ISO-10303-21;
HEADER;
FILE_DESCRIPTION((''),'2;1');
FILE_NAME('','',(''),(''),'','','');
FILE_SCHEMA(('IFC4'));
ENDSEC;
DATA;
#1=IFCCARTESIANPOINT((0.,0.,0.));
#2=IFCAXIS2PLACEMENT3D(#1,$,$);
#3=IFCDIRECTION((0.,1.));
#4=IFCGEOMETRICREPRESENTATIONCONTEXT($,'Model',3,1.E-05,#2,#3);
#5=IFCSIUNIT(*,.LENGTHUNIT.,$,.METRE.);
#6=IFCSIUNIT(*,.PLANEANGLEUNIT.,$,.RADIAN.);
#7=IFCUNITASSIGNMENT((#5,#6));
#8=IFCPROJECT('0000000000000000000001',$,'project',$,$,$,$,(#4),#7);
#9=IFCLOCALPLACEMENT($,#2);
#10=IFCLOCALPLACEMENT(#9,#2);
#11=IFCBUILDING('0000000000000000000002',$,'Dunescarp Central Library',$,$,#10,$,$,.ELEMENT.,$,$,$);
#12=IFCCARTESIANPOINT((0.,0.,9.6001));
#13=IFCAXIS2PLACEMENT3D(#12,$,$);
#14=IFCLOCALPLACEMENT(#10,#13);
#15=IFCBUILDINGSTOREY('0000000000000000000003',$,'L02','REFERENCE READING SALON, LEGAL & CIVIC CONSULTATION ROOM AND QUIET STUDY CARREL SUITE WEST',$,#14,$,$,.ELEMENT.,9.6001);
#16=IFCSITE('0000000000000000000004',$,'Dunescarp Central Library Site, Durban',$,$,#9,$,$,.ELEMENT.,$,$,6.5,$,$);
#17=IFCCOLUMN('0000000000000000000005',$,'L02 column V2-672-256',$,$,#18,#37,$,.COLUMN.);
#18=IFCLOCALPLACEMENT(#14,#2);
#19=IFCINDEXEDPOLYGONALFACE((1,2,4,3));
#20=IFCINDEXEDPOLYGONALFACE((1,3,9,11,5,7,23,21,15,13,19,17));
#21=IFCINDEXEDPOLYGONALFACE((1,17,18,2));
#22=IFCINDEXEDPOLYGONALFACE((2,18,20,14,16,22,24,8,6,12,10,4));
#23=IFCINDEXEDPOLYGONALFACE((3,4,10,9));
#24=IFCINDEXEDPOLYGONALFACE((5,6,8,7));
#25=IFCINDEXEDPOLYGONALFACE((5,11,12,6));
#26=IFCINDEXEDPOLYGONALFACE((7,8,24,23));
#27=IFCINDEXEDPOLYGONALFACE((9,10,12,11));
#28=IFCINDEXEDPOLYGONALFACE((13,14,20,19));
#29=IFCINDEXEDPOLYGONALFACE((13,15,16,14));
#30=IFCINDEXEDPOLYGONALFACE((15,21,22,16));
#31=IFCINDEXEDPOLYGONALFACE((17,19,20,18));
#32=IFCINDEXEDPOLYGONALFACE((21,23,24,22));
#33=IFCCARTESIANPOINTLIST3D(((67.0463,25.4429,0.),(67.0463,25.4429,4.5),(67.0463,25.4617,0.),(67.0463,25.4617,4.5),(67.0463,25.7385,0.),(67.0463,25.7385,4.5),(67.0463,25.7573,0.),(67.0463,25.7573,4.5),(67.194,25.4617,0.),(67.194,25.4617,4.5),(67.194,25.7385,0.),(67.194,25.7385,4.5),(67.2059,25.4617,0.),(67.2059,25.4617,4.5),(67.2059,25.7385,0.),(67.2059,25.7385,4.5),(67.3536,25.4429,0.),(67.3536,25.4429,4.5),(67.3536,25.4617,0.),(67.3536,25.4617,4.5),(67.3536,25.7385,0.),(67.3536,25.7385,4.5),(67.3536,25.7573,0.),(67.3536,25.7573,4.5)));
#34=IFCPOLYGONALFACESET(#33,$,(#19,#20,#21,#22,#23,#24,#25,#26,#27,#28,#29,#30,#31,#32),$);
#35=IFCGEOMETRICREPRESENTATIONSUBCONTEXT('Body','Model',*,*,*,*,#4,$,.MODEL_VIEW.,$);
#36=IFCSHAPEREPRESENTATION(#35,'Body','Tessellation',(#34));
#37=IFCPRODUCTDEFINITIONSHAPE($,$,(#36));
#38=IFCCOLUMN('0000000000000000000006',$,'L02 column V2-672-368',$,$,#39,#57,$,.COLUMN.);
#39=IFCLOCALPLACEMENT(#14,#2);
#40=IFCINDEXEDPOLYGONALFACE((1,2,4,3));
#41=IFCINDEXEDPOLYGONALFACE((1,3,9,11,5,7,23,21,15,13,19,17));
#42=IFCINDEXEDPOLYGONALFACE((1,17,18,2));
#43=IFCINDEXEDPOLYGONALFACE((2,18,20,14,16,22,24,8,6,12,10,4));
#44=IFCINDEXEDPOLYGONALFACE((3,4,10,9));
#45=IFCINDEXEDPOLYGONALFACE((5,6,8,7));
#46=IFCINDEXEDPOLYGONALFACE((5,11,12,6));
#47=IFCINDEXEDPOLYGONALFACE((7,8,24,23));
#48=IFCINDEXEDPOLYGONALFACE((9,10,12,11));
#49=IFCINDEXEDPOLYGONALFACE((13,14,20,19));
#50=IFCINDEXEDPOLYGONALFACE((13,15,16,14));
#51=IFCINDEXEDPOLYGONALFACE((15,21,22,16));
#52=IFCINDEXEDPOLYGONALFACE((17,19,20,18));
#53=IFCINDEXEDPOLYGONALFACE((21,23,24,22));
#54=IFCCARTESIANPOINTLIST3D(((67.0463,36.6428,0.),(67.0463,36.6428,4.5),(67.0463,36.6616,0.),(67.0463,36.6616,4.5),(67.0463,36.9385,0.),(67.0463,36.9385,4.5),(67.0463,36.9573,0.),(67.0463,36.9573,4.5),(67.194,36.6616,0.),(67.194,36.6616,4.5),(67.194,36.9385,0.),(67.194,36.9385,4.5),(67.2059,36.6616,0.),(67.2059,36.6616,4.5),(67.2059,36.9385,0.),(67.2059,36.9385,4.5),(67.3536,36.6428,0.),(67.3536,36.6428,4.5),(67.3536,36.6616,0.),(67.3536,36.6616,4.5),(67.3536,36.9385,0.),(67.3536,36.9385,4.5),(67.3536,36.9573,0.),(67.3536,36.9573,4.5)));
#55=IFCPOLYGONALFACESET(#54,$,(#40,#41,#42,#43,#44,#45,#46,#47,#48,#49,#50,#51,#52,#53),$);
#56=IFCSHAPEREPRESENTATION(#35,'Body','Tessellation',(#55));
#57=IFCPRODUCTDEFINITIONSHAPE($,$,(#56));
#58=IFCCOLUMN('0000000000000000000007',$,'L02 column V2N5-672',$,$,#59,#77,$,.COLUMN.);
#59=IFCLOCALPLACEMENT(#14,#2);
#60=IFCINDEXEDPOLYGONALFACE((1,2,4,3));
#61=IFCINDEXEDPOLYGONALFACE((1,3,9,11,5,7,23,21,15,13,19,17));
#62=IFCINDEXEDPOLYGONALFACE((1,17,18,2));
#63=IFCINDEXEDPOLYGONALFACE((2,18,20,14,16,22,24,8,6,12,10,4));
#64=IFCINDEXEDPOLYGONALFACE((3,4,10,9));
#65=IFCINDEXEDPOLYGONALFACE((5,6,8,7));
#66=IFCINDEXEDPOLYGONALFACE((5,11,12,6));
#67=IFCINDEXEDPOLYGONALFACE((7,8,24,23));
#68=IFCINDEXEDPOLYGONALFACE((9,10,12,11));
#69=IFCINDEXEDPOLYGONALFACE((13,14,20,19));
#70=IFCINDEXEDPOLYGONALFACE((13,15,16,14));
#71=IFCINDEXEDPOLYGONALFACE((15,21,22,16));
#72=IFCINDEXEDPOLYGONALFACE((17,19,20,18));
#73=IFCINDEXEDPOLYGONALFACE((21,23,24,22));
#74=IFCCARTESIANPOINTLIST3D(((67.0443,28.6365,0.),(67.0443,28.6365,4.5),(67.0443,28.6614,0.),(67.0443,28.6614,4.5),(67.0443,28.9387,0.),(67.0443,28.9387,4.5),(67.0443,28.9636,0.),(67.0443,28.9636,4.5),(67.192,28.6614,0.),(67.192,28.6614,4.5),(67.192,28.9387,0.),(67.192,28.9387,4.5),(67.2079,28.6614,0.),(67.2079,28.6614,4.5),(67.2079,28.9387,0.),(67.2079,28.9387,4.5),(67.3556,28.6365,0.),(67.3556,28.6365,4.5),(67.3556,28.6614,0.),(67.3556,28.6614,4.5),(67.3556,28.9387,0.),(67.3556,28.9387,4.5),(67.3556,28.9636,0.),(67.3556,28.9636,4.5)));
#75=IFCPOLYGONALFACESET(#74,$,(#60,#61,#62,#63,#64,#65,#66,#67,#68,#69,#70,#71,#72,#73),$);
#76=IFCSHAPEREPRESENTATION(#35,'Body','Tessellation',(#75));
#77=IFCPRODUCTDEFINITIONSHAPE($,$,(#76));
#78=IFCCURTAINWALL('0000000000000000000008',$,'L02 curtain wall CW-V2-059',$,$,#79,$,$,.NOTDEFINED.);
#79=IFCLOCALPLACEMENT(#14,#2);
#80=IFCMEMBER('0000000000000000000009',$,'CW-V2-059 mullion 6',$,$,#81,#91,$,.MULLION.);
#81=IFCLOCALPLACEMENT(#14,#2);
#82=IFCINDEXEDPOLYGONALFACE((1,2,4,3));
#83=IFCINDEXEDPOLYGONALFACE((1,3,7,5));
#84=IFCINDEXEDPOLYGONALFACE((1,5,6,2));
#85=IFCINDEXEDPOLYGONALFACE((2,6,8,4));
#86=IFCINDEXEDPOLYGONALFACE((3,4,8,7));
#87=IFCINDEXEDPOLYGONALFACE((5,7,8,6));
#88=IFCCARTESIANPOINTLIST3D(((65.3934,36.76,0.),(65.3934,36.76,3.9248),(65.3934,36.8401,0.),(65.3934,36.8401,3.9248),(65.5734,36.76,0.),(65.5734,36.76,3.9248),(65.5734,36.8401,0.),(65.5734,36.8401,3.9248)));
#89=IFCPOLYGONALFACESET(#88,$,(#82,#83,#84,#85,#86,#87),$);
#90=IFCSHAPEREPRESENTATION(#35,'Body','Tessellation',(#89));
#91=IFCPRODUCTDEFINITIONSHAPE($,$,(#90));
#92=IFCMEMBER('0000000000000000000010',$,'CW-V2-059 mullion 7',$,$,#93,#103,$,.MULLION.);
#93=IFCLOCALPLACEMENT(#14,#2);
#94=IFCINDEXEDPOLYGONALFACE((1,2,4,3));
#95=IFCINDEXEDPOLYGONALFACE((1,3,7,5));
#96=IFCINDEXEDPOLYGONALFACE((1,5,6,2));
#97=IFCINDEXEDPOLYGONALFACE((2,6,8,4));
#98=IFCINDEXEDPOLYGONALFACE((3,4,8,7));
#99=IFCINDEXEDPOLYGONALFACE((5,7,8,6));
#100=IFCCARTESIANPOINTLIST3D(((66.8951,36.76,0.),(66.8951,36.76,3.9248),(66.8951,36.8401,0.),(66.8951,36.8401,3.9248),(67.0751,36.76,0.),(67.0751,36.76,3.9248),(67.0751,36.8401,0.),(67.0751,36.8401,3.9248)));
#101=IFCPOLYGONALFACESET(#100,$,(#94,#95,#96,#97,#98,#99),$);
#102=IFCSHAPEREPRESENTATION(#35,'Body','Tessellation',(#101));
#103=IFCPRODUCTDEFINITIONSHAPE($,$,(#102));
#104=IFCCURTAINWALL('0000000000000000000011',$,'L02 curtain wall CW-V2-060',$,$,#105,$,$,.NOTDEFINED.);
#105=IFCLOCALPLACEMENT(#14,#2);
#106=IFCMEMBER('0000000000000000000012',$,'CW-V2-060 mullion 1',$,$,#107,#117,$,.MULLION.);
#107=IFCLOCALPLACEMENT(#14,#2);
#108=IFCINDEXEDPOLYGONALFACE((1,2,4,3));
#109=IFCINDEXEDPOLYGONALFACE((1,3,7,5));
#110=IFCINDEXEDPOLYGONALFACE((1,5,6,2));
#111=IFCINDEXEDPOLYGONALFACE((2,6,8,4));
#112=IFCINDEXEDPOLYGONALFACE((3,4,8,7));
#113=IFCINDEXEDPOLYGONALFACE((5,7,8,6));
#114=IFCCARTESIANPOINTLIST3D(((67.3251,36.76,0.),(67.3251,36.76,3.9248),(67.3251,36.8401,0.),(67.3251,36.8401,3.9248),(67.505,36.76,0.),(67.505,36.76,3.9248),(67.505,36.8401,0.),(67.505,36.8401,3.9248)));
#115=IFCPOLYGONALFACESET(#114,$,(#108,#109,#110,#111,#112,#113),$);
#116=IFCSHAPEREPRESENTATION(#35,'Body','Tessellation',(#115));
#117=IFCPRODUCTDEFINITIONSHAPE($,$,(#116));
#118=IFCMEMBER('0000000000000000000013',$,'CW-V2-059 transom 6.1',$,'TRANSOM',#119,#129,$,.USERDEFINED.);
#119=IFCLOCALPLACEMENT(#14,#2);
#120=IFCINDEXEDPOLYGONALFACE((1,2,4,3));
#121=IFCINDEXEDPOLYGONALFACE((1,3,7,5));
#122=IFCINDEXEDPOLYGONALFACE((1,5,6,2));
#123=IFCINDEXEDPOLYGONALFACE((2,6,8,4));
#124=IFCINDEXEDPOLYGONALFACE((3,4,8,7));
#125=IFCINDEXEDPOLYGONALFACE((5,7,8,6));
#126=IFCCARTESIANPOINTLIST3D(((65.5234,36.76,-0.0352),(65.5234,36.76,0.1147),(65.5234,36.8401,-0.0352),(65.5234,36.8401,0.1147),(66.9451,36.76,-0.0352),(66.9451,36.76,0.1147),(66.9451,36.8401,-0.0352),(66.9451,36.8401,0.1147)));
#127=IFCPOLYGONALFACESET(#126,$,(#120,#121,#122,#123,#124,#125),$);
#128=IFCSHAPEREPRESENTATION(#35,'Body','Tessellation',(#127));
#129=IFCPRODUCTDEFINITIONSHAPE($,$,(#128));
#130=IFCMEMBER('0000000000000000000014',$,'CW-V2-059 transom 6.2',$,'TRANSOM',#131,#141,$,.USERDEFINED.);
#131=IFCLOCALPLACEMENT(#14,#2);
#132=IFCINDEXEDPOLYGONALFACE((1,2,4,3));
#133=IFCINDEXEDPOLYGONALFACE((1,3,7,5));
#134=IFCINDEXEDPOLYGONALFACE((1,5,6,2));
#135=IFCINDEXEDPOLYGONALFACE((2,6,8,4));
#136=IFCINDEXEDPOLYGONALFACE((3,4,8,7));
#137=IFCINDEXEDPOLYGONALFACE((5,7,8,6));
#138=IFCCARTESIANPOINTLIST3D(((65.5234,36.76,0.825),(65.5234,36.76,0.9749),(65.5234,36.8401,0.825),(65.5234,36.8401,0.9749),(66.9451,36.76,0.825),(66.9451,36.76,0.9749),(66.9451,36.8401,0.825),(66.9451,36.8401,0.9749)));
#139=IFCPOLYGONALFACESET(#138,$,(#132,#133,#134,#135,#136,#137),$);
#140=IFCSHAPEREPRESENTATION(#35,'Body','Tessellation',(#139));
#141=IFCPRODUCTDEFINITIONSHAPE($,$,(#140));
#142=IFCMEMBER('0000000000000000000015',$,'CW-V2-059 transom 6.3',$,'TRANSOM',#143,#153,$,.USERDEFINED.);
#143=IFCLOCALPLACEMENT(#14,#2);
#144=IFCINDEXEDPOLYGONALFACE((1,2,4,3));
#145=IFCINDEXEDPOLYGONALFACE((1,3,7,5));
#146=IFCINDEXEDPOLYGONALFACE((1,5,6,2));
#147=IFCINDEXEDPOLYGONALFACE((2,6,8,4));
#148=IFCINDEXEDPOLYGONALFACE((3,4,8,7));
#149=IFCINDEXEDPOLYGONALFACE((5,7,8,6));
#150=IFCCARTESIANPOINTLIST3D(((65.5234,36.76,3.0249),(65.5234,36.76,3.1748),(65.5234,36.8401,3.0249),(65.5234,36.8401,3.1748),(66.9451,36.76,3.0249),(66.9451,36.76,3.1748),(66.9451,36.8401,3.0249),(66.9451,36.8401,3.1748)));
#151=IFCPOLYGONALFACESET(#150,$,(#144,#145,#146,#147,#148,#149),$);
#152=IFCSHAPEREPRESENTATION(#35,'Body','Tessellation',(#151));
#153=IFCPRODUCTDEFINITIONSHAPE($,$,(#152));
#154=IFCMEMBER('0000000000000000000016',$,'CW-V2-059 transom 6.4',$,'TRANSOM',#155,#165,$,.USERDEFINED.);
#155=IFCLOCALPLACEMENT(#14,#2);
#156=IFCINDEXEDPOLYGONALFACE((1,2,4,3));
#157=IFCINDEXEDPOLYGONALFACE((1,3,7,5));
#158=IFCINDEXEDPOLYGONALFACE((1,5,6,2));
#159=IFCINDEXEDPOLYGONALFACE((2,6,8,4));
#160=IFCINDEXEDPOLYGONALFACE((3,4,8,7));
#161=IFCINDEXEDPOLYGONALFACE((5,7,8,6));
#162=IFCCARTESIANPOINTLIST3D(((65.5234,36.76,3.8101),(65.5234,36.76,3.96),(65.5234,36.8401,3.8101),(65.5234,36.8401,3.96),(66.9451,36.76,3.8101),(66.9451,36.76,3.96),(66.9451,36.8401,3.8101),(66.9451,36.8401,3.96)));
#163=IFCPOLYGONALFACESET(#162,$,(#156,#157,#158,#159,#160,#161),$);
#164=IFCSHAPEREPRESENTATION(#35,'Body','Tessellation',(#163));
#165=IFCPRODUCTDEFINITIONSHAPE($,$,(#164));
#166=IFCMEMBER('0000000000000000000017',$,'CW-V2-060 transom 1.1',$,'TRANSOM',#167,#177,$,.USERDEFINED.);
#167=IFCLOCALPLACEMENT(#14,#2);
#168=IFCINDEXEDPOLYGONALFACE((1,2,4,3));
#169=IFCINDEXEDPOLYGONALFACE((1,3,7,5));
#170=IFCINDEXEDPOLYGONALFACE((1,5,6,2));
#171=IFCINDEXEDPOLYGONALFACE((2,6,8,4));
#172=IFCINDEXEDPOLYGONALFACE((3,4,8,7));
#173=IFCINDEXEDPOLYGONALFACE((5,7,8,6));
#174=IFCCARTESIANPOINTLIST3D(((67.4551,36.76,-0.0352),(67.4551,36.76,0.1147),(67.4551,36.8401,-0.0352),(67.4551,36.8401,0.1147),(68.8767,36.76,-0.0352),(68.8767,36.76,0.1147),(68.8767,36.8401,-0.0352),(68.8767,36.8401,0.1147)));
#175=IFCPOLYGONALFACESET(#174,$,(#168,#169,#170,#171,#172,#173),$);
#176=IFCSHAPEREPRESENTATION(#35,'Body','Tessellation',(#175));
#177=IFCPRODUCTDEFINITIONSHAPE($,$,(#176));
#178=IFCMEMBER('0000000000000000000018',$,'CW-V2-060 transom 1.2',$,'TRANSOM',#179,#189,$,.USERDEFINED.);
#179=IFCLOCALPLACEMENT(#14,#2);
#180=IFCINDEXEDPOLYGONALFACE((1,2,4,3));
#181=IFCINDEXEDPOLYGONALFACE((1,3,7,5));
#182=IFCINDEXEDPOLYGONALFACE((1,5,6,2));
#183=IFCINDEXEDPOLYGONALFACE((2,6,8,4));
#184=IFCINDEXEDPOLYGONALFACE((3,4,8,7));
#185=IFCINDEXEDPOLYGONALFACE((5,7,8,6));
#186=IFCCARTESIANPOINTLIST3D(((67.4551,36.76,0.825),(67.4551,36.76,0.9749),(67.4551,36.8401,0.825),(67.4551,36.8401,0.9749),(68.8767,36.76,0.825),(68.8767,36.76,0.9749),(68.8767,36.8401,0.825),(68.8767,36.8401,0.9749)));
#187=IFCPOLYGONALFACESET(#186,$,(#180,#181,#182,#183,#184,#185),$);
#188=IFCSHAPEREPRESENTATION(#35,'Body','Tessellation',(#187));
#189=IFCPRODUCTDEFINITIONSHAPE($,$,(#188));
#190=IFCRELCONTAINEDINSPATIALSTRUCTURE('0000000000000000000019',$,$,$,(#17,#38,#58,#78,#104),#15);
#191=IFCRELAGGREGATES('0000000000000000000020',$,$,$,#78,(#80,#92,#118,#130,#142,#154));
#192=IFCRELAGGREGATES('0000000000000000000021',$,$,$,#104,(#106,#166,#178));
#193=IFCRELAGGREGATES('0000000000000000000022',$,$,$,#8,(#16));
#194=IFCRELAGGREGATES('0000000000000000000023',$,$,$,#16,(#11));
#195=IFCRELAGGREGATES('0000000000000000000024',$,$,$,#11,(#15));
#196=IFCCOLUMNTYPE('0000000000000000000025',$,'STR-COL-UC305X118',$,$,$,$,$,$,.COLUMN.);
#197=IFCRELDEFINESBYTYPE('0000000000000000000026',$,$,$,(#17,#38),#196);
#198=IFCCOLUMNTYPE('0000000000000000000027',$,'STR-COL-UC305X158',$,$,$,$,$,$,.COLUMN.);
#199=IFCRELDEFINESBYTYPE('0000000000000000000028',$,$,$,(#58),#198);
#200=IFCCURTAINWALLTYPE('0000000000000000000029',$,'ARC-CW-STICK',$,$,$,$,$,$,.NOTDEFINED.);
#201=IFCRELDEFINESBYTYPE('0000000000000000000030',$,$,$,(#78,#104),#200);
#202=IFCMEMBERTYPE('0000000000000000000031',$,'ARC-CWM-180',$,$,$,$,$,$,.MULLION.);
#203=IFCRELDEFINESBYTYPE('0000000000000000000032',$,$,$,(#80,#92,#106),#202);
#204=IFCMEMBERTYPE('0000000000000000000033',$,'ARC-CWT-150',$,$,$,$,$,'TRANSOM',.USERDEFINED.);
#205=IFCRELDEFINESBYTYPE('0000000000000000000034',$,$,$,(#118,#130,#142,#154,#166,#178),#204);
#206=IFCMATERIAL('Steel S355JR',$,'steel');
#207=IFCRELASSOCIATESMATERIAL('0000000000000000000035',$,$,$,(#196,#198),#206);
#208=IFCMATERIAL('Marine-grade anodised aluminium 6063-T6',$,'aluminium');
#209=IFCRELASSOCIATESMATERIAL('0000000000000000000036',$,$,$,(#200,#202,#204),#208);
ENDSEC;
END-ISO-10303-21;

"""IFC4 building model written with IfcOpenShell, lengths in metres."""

from ifc_helpers import new_model, si_unit, direction, frame, origin, origin_2d, place, context, subcontext, project, spatial, rectangle, i_section, extrude, material, material_profile, profile_set, type_object, element, aggregate, save


model = new_model("IFC4")

# Units and contexts
model_context = context("Model", 3, precision=1e-05, world=origin(), true_north=direction((0.0, 1.0)))
body_context = subcontext(model_context, "Body", "Model", "MODEL_VIEW")
ifc_project = project(units=[si_unit("LENGTHUNIT", "METRE"), si_unit("PLANEANGLEUNIT", "RADIAN")], contexts=[model_context])

# Site, building, storey
site_placement = place(None, origin())
site = spatial("IfcSite", under=ifc_project, at=site_placement, Name="Dunescarp Central Library Site, Durban", CompositionType="ELEMENT", RefElevation=6.5)
building_placement = place(site_placement, origin())
building = spatial("IfcBuilding", under=site, at=building_placement, Name="Dunescarp Central Library", CompositionType="ELEMENT")
storey_placement = place(building_placement, frame((0.0, 0.0, 9.6001)))
storey = spatial("IfcBuildingStorey", under=building, at=storey_placement, Name="L02", Description="REFERENCE READING SALON, LEGAL & CIVIC CONSULTATION ROOM AND QUIET STUDY CARREL SUITE WEST", CompositionType="ELEMENT", Elevation=9.6001)

# Columns
ifc_material_1 = material(Name="Steel S355JR", Category="steel")
ifc_material_profile_1 = material_profile(ifc_material_1, i_section(OverallWidth=0.3074, OverallDepth=0.3145, WebThickness=0.012, FlangeThickness=0.0188, at=origin_2d()), Name="UC 305x305x118")
ifc_profile_set_1 = profile_set([ifc_material_profile_1], Name="Steel S355JR")
column_type_1 = type_object("IfcColumnType", Name="STR-COL-UC305X118", PredefinedType="COLUMN", material=ifc_profile_set_1)
for number, where, z_axis, x_axis, name in (
    (1, (67.2, 25.6001, 0.0), (0.0, 0.0, 1.0), (1.0, 0.0, 0.0), "L02 column V2-672-256"),
    (2, (67.2, 36.8, 0.0), (0.0, 0.0, 1.0), (1.0, 0.0, 0.0), "L02 column V2-672-368"),
):
    element("IfcColumn", number, at=place(storey_placement, frame(where, z_axis=z_axis, x_axis=x_axis)), inside=storey, type_object=column_type_1, Name=name, PredefinedType="COLUMN", context=body_context, shape_type="SweptSolid", body=[
        extrude(i_section(OverallWidth=0.3074, OverallDepth=0.3145, WebThickness=0.012, FlangeThickness=0.0188, at=origin_2d()), origin(), (0.0, 0.0, 1.0), 4.5),
    ])
ifc_material_profile_2 = material_profile(ifc_material_1, i_section(OverallWidth=0.3113, OverallDepth=0.3271, WebThickness=0.0159, FlangeThickness=0.0249, at=origin_2d()), Name="UC 305x305x158")
ifc_profile_set_2 = profile_set([ifc_material_profile_2], Name="Steel S355JR")
column_type_2 = type_object("IfcColumnType", Name="STR-COL-UC305X158", PredefinedType="COLUMN", material=ifc_profile_set_2)
column_placement = place(storey_placement, frame((67.2, 28.8, 0.0), z_axis=(0.0, 0.0, 1.0), x_axis=(1.0, 0.0, 0.0)))
element("IfcColumn", 3, at=column_placement, inside=storey, type_object=column_type_2, Name="L02 column V2N5-672", PredefinedType="COLUMN", context=body_context, shape_type="SweptSolid", body=[
    extrude(i_section(OverallWidth=0.3113, OverallDepth=0.3271, WebThickness=0.0159, FlangeThickness=0.0249, at=origin_2d()), origin(), (0.0, 0.0, 1.0), 4.5),
])

# Curtain wall, members
ifc_material_2 = material(Name="Marine-grade anodised aluminium 6063-T6", Category="aluminium")
curtain_wall_type = type_object("IfcCurtainWallType", Name="ARC-CW-STICK", PredefinedType="NOTDEFINED", material=ifc_material_2)
curtain_wall_1_placement = place(storey_placement, origin())
curtain_wall_1 = element("IfcCurtainWall", 4, at=curtain_wall_1_placement, inside=storey, type_object=curtain_wall_type, Name="L02 curtain wall CW-V2-059", PredefinedType="NOTDEFINED")
ifc_material_profile_3 = material_profile(ifc_material_2, rectangle(XDim=0.0801, YDim=0.1799, at=origin_2d()), Name="AL 80x180")
ifc_profile_set_3 = profile_set([ifc_material_profile_3], Name="Marine-grade anodised aluminium 6063-T6")
member_type_1 = type_object("IfcMemberType", Name="ARC-CWM-180", PredefinedType="MULLION", material=ifc_profile_set_3)
member_1_placement = place(storey_placement, frame((65.4834, 36.8, 0.0), z_axis=(0.0, 0.0, 1.0), x_axis=(0.0, 1.0, 0.0)))
member_1 = element("IfcMember", 5, at=member_1_placement, type_object=member_type_1, Name="CW-V2-059 mullion 6", PredefinedType="MULLION", context=body_context, shape_type="SweptSolid", body=[
    extrude(rectangle(XDim=0.0801, YDim=0.1799, at=origin_2d()), origin(), (0.0, 0.0, 1.0), 3.9248),
])
member_2_placement = place(storey_placement, frame((66.9851, 36.8, 0.0), z_axis=(0.0, 0.0, 1.0), x_axis=(0.0, 1.0, 0.0)))
member_2 = element("IfcMember", 6, at=member_2_placement, type_object=member_type_1, Name="CW-V2-059 mullion 7", PredefinedType="MULLION", context=body_context, shape_type="SweptSolid", body=[
    extrude(rectangle(XDim=0.0801, YDim=0.1799, at=origin_2d()), origin(), (0.0, 0.0, 1.0), 3.9248),
])

# Curtain wall, member
curtain_wall_2_placement = place(storey_placement, origin())
curtain_wall_2 = element("IfcCurtainWall", 7, at=curtain_wall_2_placement, inside=storey, type_object=curtain_wall_type, Name="L02 curtain wall CW-V2-060", PredefinedType="NOTDEFINED")
member_3_placement = place(storey_placement, frame((67.415, 36.8, 0.0), z_axis=(0.0, 0.0, 1.0), x_axis=(0.0, 1.0, 0.0)))
member_3 = element("IfcMember", 8, at=member_3_placement, type_object=member_type_1, Name="CW-V2-060 mullion 1", PredefinedType="MULLION", context=body_context, shape_type="SweptSolid", body=[
    extrude(rectangle(XDim=0.0801, YDim=0.1799, at=origin_2d()), origin(), (0.0, 0.0, 1.0), 3.9248),
])

# Members
ifc_material_profile_4 = material_profile(ifc_material_2, rectangle(XDim=0.0801, YDim=0.1499, at=origin_2d()), Name="AL 80x150")
ifc_profile_set_4 = profile_set([ifc_material_profile_4], Name="Marine-grade anodised aluminium 6063-T6")
member_type_2 = type_object("IfcMemberType", Name="ARC-CWT-150", ElementType="TRANSOM", PredefinedType="USERDEFINED", material=ifc_profile_set_4)
member_4_placement = place(storey_placement, frame((65.5234, 36.8, 0.0398), z_axis=(1.0, 0.0, 0.0), x_axis=(0.0, 1.0, 0.0)))
member_4 = element("IfcMember", 9, at=member_4_placement, type_object=member_type_2, Name="CW-V2-059 transom 6.1", ObjectType="TRANSOM", PredefinedType="USERDEFINED", context=body_context, shape_type="SweptSolid", body=[
    extrude(rectangle(XDim=0.0801, YDim=0.1499, at=origin_2d()), origin(), (0.0, 0.0, 1.0), 1.4216),
])
member_5_placement = place(storey_placement, frame((65.5234, 36.8, 0.8999), z_axis=(1.0, 0.0, 0.0), x_axis=(0.0, 1.0, 0.0)))
member_5 = element("IfcMember", 10, at=member_5_placement, type_object=member_type_2, Name="CW-V2-059 transom 6.2", ObjectType="TRANSOM", PredefinedType="USERDEFINED", context=body_context, shape_type="SweptSolid", body=[
    extrude(rectangle(XDim=0.0801, YDim=0.1499, at=origin_2d()), origin(), (0.0, 0.0, 1.0), 1.4216),
])
member_6_placement = place(storey_placement, frame((65.5234, 36.8, 3.0999), z_axis=(1.0, 0.0, 0.0), x_axis=(0.0, 1.0, 0.0)))
member_6 = element("IfcMember", 11, at=member_6_placement, type_object=member_type_2, Name="CW-V2-059 transom 6.3", ObjectType="TRANSOM", PredefinedType="USERDEFINED", context=body_context, shape_type="SweptSolid", body=[
    extrude(rectangle(XDim=0.0801, YDim=0.1499, at=origin_2d()), origin(), (0.0, 0.0, 1.0), 1.4216),
])
member_7_placement = place(storey_placement, frame((65.5234, 36.8, 3.885), z_axis=(1.0, 0.0, 0.0), x_axis=(0.0, 1.0, 0.0)))
member_7 = element("IfcMember", 12, at=member_7_placement, type_object=member_type_2, Name="CW-V2-059 transom 6.4", ObjectType="TRANSOM", PredefinedType="USERDEFINED", context=body_context, shape_type="SweptSolid", body=[
    extrude(rectangle(XDim=0.0801, YDim=0.1499, at=origin_2d()), origin(), (0.0, 0.0, 1.0), 1.4216),
])
member_8_placement = place(storey_placement, frame((67.4551, 36.8, 0.0398), z_axis=(1.0, 0.0, 0.0), x_axis=(0.0, 1.0, 0.0)))
member_8 = element("IfcMember", 13, at=member_8_placement, type_object=member_type_2, Name="CW-V2-060 transom 1.1", ObjectType="TRANSOM", PredefinedType="USERDEFINED", context=body_context, shape_type="SweptSolid", body=[
    extrude(rectangle(XDim=0.0801, YDim=0.1499, at=origin_2d()), origin(), (0.0, 0.0, 1.0), 1.4216),
])
member_9_placement = place(storey_placement, frame((67.4551, 36.8, 0.8999), z_axis=(1.0, 0.0, 0.0), x_axis=(0.0, 1.0, 0.0)))
member_9 = element("IfcMember", 14, at=member_9_placement, type_object=member_type_2, Name="CW-V2-060 transom 1.2", ObjectType="TRANSOM", PredefinedType="USERDEFINED", context=body_context, shape_type="SweptSolid", body=[
    extrude(rectangle(XDim=0.0801, YDim=0.1499, at=origin_2d()), origin(), (0.0, 0.0, 1.0), 1.4216),
])

aggregate(curtain_wall_1, [member_1, member_2, member_4, member_5, member_6, member_7])
aggregate(curtain_wall_2, [member_3, member_8, member_9])

save(model, "model.ifc")
